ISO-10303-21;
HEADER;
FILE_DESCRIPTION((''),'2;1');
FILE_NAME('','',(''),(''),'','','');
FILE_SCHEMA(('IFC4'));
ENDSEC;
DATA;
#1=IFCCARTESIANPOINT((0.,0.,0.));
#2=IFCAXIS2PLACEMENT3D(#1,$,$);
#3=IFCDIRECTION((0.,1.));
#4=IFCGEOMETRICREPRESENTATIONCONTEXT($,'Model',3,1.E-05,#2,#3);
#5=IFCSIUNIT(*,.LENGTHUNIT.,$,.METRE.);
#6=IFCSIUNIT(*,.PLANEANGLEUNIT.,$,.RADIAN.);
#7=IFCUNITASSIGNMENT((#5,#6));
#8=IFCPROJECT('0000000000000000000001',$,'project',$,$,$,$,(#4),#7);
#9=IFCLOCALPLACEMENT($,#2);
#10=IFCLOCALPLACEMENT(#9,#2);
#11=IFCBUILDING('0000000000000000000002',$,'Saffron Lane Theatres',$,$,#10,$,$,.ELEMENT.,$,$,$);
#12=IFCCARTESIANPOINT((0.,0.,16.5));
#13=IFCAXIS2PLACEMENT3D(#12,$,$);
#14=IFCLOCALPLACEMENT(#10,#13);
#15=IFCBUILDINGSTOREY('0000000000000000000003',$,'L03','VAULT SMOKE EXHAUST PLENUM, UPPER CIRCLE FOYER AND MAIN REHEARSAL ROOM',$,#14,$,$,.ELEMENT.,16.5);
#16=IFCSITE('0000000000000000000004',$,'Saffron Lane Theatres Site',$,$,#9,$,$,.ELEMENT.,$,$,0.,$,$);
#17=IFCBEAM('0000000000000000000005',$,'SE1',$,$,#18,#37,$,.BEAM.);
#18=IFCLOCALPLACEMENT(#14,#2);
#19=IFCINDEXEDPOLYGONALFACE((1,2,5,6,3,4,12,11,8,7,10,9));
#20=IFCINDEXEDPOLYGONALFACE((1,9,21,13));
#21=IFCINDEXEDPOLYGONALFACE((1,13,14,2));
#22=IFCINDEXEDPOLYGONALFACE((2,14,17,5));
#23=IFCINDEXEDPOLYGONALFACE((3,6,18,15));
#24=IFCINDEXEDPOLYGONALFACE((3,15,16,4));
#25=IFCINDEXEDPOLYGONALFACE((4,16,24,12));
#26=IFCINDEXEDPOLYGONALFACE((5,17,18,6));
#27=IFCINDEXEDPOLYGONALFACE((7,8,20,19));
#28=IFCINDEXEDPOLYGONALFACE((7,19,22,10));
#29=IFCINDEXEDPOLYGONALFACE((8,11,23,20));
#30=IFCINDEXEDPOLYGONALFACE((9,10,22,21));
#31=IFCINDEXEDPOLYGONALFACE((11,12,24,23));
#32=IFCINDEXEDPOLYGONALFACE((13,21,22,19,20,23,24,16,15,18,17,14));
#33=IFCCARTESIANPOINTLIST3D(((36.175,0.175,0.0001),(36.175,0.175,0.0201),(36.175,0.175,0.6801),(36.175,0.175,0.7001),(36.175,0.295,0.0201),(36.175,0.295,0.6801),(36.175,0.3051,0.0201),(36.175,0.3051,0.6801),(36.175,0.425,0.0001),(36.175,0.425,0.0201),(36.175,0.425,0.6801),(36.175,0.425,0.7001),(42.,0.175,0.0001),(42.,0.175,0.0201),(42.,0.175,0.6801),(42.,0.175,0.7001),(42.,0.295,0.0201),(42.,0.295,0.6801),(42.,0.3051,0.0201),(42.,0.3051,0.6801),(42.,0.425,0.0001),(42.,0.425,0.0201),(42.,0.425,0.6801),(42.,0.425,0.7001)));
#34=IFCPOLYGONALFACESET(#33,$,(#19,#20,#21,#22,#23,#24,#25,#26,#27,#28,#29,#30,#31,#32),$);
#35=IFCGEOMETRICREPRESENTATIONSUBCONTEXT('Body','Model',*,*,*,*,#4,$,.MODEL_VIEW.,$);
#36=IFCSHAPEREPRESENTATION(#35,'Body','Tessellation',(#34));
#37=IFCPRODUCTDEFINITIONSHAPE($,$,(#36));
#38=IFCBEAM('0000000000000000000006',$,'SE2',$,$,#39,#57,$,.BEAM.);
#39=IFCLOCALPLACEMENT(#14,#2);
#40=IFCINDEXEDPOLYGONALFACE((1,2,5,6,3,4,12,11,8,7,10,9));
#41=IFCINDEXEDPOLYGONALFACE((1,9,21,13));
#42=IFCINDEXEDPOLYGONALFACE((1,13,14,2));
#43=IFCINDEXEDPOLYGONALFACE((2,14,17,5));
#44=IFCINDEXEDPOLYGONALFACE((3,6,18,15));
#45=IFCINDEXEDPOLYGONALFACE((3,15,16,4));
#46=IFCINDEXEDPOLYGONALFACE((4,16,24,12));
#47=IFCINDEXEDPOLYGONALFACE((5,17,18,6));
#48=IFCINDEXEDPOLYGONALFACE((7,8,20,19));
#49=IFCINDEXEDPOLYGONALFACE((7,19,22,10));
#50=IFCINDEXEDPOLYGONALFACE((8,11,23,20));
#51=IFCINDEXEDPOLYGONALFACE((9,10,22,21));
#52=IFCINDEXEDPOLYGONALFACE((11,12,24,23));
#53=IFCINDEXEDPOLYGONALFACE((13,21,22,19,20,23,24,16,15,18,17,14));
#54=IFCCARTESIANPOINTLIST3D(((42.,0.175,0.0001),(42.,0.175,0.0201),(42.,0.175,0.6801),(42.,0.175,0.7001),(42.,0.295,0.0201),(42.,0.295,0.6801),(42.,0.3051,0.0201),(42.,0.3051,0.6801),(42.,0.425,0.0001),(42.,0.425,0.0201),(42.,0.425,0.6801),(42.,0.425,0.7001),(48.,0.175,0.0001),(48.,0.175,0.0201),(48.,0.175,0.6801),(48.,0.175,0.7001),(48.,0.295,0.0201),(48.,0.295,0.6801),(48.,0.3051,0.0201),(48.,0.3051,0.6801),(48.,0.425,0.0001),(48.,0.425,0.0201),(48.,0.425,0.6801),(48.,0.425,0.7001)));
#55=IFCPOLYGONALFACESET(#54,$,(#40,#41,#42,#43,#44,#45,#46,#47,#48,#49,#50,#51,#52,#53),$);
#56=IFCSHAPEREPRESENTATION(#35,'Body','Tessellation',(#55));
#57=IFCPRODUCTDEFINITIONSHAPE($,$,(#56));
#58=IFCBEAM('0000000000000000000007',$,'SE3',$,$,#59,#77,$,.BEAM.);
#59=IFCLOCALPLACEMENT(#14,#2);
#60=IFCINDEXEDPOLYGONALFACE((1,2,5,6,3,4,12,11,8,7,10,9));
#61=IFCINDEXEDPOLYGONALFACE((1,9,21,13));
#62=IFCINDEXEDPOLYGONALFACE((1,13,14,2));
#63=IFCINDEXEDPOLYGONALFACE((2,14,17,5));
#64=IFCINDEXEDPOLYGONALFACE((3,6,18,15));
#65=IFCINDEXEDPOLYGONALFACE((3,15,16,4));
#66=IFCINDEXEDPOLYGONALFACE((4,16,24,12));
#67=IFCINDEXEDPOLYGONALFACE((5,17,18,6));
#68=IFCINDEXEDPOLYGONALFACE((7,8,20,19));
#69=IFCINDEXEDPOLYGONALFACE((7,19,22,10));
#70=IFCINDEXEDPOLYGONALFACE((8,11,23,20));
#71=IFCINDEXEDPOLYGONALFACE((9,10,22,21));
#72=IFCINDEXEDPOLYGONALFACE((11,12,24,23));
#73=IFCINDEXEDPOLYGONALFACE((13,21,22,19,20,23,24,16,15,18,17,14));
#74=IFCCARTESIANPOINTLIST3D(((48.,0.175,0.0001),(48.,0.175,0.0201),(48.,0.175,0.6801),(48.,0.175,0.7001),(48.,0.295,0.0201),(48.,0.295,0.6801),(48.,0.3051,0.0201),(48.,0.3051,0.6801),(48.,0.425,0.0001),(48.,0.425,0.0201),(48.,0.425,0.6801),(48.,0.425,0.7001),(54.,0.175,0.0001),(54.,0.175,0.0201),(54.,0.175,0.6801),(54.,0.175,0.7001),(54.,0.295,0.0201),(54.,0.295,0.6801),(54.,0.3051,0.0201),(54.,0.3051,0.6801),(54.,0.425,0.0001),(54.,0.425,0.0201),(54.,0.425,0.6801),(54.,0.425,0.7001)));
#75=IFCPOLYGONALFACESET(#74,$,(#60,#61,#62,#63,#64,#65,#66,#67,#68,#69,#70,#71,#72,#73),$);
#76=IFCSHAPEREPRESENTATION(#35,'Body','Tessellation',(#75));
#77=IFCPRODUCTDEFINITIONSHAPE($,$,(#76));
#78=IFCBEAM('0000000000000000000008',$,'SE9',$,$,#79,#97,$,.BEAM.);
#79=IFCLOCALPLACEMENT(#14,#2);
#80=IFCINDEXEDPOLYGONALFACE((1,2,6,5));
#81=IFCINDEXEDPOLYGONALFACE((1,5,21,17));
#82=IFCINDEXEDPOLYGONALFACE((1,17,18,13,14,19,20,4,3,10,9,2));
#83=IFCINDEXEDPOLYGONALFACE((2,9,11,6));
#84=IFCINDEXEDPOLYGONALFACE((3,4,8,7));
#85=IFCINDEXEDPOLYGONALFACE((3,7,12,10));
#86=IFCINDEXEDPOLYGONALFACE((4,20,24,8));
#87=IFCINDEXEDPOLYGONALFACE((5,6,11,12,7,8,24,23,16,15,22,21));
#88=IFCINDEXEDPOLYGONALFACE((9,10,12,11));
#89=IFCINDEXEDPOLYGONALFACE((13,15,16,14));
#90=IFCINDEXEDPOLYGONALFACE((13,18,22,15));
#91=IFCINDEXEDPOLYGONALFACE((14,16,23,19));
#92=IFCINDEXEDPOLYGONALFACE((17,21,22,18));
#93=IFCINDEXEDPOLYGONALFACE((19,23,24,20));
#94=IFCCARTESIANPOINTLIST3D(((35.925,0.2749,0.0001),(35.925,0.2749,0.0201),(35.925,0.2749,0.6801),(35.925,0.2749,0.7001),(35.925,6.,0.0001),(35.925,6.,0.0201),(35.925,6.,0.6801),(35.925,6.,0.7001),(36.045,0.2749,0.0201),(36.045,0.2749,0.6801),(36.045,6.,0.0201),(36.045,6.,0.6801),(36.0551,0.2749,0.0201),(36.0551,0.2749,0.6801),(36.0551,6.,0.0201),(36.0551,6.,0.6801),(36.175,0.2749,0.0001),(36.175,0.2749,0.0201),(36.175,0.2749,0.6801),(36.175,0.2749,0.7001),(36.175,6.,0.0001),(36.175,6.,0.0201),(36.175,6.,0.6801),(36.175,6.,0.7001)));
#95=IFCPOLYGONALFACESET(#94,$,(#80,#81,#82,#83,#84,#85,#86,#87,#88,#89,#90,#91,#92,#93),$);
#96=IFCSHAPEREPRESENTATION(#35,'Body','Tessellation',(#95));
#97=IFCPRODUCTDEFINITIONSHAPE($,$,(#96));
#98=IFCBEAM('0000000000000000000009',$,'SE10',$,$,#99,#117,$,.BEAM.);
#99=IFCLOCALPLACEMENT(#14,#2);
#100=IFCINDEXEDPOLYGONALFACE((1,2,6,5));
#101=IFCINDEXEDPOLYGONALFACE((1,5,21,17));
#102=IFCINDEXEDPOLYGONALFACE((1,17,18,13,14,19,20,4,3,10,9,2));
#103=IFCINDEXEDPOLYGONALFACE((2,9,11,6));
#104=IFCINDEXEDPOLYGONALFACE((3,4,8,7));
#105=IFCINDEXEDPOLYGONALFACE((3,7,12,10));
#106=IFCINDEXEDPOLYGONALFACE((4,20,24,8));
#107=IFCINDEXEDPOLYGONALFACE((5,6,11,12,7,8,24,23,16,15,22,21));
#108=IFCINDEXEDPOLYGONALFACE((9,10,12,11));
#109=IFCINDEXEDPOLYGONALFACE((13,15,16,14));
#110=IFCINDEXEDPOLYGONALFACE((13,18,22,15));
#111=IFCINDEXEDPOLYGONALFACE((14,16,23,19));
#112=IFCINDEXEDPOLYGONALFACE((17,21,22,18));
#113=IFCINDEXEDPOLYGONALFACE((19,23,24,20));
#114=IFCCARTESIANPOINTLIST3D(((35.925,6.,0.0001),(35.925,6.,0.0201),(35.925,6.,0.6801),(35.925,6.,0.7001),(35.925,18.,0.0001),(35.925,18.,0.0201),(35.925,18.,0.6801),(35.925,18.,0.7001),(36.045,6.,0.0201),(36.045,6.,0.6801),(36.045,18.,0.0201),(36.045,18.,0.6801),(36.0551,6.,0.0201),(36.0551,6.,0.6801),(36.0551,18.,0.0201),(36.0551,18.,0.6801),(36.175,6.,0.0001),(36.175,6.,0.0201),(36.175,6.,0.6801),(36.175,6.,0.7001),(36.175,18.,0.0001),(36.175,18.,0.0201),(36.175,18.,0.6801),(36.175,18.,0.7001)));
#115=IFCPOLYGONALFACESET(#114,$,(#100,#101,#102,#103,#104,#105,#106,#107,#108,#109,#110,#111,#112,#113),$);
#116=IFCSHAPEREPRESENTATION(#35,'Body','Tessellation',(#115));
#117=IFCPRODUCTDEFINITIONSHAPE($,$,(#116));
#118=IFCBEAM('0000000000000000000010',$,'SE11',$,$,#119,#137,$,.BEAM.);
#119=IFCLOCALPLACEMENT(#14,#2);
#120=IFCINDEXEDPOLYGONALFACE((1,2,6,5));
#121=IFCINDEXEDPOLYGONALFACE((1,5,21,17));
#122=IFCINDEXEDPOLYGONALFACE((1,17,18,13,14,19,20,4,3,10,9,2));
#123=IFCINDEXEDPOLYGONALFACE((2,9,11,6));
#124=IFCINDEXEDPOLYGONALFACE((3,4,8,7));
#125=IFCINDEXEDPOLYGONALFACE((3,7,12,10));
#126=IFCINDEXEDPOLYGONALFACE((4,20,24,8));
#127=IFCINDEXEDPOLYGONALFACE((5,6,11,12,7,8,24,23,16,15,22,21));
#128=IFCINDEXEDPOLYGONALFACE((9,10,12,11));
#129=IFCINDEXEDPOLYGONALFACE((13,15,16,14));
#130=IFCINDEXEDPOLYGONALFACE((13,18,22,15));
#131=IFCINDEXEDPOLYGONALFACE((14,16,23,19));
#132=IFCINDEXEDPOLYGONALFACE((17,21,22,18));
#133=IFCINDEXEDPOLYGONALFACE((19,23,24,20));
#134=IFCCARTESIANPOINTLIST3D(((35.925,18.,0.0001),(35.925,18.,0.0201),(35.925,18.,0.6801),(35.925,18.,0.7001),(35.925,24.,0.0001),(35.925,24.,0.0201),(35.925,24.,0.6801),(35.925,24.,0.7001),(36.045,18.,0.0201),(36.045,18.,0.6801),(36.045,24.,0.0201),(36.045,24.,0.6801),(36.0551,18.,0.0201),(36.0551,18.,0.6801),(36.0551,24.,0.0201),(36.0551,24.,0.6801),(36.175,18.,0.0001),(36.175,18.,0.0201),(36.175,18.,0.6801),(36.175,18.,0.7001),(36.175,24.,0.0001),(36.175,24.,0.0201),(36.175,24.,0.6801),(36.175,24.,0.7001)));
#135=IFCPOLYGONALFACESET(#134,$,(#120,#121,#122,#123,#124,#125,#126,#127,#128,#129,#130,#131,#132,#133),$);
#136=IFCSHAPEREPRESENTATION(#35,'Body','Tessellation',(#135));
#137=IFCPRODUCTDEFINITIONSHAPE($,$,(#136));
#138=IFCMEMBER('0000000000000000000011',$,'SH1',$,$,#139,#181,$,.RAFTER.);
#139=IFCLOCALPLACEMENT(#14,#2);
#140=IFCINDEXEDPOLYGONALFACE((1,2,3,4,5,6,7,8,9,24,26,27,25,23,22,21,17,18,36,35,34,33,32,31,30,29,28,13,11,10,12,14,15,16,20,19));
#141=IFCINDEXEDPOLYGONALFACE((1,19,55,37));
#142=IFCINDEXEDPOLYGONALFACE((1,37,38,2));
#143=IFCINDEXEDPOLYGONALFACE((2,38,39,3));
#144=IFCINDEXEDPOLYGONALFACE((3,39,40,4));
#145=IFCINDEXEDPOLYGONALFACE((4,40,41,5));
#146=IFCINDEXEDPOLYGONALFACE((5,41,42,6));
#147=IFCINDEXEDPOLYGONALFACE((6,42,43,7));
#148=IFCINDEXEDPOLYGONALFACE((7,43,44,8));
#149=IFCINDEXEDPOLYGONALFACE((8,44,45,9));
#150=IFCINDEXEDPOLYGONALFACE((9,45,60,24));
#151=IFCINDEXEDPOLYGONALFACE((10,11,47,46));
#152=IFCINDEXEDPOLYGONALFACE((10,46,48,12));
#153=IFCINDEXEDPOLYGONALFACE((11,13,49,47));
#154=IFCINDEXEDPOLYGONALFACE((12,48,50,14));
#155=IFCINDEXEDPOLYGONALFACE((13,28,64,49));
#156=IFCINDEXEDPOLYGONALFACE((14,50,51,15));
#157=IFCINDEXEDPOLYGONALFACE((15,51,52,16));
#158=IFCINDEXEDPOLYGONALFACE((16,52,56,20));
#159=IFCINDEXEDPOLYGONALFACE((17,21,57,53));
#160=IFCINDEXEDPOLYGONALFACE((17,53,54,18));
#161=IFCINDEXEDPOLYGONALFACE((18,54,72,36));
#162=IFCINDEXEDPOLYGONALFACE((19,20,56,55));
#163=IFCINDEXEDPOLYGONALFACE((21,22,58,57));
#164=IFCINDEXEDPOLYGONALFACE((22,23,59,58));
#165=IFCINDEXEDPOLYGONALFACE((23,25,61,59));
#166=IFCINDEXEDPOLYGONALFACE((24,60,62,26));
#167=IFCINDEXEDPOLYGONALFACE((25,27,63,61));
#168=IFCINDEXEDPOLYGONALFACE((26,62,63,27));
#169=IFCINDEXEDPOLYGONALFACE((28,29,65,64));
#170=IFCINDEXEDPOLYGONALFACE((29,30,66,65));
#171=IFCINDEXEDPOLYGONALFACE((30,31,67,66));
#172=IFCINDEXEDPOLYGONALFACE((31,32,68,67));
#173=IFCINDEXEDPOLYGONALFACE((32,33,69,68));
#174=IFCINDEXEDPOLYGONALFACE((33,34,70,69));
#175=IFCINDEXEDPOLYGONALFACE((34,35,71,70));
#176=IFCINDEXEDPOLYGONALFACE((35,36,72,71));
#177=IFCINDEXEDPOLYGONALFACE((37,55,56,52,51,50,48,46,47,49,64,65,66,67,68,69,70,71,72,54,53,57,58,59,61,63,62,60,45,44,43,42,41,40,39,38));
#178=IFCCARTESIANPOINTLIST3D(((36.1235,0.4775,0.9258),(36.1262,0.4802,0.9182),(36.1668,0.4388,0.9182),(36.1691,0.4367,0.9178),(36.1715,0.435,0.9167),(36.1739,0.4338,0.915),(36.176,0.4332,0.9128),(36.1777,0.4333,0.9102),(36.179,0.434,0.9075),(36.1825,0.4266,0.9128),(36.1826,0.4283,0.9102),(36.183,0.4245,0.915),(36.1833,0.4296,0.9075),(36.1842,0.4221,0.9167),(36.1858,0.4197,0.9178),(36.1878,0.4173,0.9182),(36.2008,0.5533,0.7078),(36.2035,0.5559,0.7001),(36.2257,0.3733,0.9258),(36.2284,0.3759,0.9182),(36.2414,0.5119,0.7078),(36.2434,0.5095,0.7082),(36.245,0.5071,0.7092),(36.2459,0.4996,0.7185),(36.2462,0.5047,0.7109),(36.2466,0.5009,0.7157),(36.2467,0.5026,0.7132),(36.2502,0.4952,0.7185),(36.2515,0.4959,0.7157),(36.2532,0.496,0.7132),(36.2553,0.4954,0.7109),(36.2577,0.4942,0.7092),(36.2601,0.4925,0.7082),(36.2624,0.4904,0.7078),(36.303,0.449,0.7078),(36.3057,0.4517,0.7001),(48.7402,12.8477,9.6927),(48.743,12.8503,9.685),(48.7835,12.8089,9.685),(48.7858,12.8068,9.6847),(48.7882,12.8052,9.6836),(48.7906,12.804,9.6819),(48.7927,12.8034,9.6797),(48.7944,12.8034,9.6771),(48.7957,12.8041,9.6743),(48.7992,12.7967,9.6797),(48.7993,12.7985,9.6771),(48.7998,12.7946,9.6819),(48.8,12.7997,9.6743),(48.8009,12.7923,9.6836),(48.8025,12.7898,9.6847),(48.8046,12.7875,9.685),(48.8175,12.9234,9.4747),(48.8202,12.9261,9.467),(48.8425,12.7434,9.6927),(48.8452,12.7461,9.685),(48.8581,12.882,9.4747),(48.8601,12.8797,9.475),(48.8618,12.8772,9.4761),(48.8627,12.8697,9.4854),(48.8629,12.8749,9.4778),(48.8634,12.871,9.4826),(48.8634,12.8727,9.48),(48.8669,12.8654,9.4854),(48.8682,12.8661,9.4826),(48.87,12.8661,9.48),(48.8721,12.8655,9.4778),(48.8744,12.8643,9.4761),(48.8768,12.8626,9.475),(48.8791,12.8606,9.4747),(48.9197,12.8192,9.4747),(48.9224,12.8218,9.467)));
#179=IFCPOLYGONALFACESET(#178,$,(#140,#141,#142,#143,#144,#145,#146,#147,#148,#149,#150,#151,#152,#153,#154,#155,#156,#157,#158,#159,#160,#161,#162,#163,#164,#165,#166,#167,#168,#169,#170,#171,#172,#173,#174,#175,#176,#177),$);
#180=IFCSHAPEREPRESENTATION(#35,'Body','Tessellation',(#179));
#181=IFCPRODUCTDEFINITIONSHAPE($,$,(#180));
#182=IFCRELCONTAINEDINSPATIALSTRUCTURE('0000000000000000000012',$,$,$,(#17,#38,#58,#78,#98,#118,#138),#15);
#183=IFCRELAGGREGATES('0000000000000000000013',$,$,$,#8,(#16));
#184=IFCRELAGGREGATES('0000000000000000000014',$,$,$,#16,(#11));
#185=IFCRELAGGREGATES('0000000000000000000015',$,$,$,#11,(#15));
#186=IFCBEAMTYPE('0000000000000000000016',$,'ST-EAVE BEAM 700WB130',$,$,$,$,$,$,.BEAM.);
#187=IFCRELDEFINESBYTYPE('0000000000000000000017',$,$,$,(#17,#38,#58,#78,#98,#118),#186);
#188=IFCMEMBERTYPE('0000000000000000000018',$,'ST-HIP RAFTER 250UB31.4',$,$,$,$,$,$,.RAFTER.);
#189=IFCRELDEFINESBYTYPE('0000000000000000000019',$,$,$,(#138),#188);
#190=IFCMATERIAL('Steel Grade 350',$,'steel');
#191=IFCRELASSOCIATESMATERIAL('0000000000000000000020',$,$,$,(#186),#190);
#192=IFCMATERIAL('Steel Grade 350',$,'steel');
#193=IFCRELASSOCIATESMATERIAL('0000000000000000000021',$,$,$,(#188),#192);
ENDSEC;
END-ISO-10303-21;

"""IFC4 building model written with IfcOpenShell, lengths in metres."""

from ifc_helpers import new_model, si_unit, direction, frame, origin, origin_2d, place, context, subcontext, project, spatial, i_section, extrude, material, material_profile, profile_set, type_object, element, save


model = new_model("IFC4")

# Units and contexts
model_context = context("Model", 3, precision=1e-05, world=origin(), true_north=direction((0.0, 1.0)))
body_context = subcontext(model_context, "Body", "Model", "MODEL_VIEW")
ifc_project = project(units=[si_unit("LENGTHUNIT", "METRE"), si_unit("PLANEANGLEUNIT", "RADIAN")], contexts=[model_context])

# Site, building, storey
site_placement = place(None, origin())
site = spatial("IfcSite", under=ifc_project, at=site_placement, Name="Saffron Lane Theatres Site", CompositionType="ELEMENT", RefElevation=0.0)
building_placement = place(site_placement, origin())
building = spatial("IfcBuilding", under=site, at=building_placement, Name="Saffron Lane Theatres", CompositionType="ELEMENT")
storey_placement = place(building_placement, frame((0.0, 0.0, 16.5)))
storey = spatial("IfcBuildingStorey", under=building, at=storey_placement, Name="L03", Description="VAULT SMOKE EXHAUST PLENUM, UPPER CIRCLE FOYER AND MAIN REHEARSAL ROOM", CompositionType="ELEMENT", Elevation=16.5)

# Beams
ifc_material_1 = material(Name="Steel Grade 350", Category="steel")
ifc_material_profile_1 = material_profile(ifc_material_1, i_section(OverallWidth=0.25, OverallDepth=0.7, WebThickness=0.01, FlangeThickness=0.02, at=origin_2d()))
ifc_profile_set_1 = profile_set([ifc_material_profile_1], Name="Steel Grade 350")
beam_type_1 = type_object("IfcBeamType", Name="ST-EAVE BEAM 700WB130", PredefinedType="BEAM", material=ifc_profile_set_1)
beam_1_placement = place(storey_placement, frame((36.175, 0.3, 0.3501), z_axis=(1.0, 0.0, 0.0), x_axis=(0.0, 1.0, 0.0)))
element("IfcBeam", 1, at=beam_1_placement, inside=storey, type_object=beam_type_1, Name="SE1", PredefinedType="BEAM", context=body_context, shape_type="SweptSolid", body=[
    extrude(i_section(OverallWidth=0.25, OverallDepth=0.7, WebThickness=0.01, FlangeThickness=0.02, at=origin_2d()), origin(), (0.0, 0.0, 1.0), 5.825),
])
for number, where, z_axis, x_axis, name in (
    (2, (42.0, 0.3, 0.3501), (1.0, 0.0, 0.0), (0.0, 1.0, 0.0), "SE2"),
    (3, (48.0, 0.3, 0.3501), (1.0, 0.0, 0.0), (0.0, 1.0, 0.0), "SE3"),
):
    element("IfcBeam", number, at=place(storey_placement, frame(where, z_axis=z_axis, x_axis=x_axis)), inside=storey, type_object=beam_type_1, Name=name, PredefinedType="BEAM", context=body_context, shape_type="SweptSolid", body=[
        extrude(i_section(OverallWidth=0.25, OverallDepth=0.7, WebThickness=0.01, FlangeThickness=0.02, at=origin_2d()), origin(), (0.0, 0.0, 1.0), 6.0),
    ])
beam_2_placement = place(storey_placement, frame((36.05, 0.2749, 0.3501), z_axis=(0.0, 1.0, 0.0), x_axis=(-1.0, 0.0, 0.0)))
element("IfcBeam", 4, at=beam_2_placement, inside=storey, type_object=beam_type_1, Name="SE9", PredefinedType="BEAM", context=body_context, shape_type="SweptSolid", body=[
    extrude(i_section(OverallWidth=0.25, OverallDepth=0.7, WebThickness=0.01, FlangeThickness=0.02, at=origin_2d()), origin(), (0.0, 0.0, 1.0), 5.7251),
])
beam_3_placement = place(storey_placement, frame((36.05, 6.0, 0.3501), z_axis=(0.0, 1.0, 0.0), x_axis=(-1.0, 0.0, 0.0)))
element("IfcBeam", 5, at=beam_3_placement, inside=storey, type_object=beam_type_1, Name="SE10", PredefinedType="BEAM", context=body_context, shape_type="SweptSolid", body=[
    extrude(i_section(OverallWidth=0.25, OverallDepth=0.7, WebThickness=0.01, FlangeThickness=0.02, at=origin_2d()), origin(), (0.0, 0.0, 1.0), 12.0),
])
beam_4_placement = place(storey_placement, frame((36.05, 18.0, 0.3501), z_axis=(0.0, 1.0, 0.0), x_axis=(-1.0, 0.0, 0.0)))
element("IfcBeam", 6, at=beam_4_placement, inside=storey, type_object=beam_type_1, Name="SE11", PredefinedType="BEAM", context=body_context, shape_type="SweptSolid", body=[
    extrude(i_section(OverallWidth=0.25, OverallDepth=0.7, WebThickness=0.01, FlangeThickness=0.02, at=origin_2d()), origin(), (0.0, 0.0, 1.0), 6.0),
])

# Member
ifc_material_2 = material(Name="Steel Grade 350", Category="steel")
ifc_material_profile_2 = material_profile(ifc_material_2, i_section(OverallWidth=0.146, OverallDepth=0.252, WebThickness=0.0061, FlangeThickness=0.0085, FilletRadius=0.012, at=origin_2d()))
ifc_profile_set_2 = profile_set([ifc_material_profile_2], Name="Steel Grade 350")
member_type_1 = type_object("IfcMemberType", Name="ST-HIP RAFTER 250UB31.4", PredefinedType="RAFTER", material=ifc_profile_set_2)
member_1_placement = place(storey_placement, frame((36.2146, 0.4646, 0.813), z_axis=(0.639644, 0.627143, 0.444463), x_axis=(-0.700095, 0.71405, 0.0)))
element("IfcMember", 7, at=member_1_placement, inside=storey, type_object=member_type_1, Name="SH1", PredefinedType="RAFTER", context=body_context, shape_type="SweptSolid", body=[
    extrude(i_section(OverallWidth=0.146, OverallDepth=0.252, WebThickness=0.0061, FlangeThickness=0.0085, FilletRadius=0.012, at=origin_2d()), origin(), (0.0, 0.0, 1.0), 19.7246),
])

save(model, "model.ifc")
